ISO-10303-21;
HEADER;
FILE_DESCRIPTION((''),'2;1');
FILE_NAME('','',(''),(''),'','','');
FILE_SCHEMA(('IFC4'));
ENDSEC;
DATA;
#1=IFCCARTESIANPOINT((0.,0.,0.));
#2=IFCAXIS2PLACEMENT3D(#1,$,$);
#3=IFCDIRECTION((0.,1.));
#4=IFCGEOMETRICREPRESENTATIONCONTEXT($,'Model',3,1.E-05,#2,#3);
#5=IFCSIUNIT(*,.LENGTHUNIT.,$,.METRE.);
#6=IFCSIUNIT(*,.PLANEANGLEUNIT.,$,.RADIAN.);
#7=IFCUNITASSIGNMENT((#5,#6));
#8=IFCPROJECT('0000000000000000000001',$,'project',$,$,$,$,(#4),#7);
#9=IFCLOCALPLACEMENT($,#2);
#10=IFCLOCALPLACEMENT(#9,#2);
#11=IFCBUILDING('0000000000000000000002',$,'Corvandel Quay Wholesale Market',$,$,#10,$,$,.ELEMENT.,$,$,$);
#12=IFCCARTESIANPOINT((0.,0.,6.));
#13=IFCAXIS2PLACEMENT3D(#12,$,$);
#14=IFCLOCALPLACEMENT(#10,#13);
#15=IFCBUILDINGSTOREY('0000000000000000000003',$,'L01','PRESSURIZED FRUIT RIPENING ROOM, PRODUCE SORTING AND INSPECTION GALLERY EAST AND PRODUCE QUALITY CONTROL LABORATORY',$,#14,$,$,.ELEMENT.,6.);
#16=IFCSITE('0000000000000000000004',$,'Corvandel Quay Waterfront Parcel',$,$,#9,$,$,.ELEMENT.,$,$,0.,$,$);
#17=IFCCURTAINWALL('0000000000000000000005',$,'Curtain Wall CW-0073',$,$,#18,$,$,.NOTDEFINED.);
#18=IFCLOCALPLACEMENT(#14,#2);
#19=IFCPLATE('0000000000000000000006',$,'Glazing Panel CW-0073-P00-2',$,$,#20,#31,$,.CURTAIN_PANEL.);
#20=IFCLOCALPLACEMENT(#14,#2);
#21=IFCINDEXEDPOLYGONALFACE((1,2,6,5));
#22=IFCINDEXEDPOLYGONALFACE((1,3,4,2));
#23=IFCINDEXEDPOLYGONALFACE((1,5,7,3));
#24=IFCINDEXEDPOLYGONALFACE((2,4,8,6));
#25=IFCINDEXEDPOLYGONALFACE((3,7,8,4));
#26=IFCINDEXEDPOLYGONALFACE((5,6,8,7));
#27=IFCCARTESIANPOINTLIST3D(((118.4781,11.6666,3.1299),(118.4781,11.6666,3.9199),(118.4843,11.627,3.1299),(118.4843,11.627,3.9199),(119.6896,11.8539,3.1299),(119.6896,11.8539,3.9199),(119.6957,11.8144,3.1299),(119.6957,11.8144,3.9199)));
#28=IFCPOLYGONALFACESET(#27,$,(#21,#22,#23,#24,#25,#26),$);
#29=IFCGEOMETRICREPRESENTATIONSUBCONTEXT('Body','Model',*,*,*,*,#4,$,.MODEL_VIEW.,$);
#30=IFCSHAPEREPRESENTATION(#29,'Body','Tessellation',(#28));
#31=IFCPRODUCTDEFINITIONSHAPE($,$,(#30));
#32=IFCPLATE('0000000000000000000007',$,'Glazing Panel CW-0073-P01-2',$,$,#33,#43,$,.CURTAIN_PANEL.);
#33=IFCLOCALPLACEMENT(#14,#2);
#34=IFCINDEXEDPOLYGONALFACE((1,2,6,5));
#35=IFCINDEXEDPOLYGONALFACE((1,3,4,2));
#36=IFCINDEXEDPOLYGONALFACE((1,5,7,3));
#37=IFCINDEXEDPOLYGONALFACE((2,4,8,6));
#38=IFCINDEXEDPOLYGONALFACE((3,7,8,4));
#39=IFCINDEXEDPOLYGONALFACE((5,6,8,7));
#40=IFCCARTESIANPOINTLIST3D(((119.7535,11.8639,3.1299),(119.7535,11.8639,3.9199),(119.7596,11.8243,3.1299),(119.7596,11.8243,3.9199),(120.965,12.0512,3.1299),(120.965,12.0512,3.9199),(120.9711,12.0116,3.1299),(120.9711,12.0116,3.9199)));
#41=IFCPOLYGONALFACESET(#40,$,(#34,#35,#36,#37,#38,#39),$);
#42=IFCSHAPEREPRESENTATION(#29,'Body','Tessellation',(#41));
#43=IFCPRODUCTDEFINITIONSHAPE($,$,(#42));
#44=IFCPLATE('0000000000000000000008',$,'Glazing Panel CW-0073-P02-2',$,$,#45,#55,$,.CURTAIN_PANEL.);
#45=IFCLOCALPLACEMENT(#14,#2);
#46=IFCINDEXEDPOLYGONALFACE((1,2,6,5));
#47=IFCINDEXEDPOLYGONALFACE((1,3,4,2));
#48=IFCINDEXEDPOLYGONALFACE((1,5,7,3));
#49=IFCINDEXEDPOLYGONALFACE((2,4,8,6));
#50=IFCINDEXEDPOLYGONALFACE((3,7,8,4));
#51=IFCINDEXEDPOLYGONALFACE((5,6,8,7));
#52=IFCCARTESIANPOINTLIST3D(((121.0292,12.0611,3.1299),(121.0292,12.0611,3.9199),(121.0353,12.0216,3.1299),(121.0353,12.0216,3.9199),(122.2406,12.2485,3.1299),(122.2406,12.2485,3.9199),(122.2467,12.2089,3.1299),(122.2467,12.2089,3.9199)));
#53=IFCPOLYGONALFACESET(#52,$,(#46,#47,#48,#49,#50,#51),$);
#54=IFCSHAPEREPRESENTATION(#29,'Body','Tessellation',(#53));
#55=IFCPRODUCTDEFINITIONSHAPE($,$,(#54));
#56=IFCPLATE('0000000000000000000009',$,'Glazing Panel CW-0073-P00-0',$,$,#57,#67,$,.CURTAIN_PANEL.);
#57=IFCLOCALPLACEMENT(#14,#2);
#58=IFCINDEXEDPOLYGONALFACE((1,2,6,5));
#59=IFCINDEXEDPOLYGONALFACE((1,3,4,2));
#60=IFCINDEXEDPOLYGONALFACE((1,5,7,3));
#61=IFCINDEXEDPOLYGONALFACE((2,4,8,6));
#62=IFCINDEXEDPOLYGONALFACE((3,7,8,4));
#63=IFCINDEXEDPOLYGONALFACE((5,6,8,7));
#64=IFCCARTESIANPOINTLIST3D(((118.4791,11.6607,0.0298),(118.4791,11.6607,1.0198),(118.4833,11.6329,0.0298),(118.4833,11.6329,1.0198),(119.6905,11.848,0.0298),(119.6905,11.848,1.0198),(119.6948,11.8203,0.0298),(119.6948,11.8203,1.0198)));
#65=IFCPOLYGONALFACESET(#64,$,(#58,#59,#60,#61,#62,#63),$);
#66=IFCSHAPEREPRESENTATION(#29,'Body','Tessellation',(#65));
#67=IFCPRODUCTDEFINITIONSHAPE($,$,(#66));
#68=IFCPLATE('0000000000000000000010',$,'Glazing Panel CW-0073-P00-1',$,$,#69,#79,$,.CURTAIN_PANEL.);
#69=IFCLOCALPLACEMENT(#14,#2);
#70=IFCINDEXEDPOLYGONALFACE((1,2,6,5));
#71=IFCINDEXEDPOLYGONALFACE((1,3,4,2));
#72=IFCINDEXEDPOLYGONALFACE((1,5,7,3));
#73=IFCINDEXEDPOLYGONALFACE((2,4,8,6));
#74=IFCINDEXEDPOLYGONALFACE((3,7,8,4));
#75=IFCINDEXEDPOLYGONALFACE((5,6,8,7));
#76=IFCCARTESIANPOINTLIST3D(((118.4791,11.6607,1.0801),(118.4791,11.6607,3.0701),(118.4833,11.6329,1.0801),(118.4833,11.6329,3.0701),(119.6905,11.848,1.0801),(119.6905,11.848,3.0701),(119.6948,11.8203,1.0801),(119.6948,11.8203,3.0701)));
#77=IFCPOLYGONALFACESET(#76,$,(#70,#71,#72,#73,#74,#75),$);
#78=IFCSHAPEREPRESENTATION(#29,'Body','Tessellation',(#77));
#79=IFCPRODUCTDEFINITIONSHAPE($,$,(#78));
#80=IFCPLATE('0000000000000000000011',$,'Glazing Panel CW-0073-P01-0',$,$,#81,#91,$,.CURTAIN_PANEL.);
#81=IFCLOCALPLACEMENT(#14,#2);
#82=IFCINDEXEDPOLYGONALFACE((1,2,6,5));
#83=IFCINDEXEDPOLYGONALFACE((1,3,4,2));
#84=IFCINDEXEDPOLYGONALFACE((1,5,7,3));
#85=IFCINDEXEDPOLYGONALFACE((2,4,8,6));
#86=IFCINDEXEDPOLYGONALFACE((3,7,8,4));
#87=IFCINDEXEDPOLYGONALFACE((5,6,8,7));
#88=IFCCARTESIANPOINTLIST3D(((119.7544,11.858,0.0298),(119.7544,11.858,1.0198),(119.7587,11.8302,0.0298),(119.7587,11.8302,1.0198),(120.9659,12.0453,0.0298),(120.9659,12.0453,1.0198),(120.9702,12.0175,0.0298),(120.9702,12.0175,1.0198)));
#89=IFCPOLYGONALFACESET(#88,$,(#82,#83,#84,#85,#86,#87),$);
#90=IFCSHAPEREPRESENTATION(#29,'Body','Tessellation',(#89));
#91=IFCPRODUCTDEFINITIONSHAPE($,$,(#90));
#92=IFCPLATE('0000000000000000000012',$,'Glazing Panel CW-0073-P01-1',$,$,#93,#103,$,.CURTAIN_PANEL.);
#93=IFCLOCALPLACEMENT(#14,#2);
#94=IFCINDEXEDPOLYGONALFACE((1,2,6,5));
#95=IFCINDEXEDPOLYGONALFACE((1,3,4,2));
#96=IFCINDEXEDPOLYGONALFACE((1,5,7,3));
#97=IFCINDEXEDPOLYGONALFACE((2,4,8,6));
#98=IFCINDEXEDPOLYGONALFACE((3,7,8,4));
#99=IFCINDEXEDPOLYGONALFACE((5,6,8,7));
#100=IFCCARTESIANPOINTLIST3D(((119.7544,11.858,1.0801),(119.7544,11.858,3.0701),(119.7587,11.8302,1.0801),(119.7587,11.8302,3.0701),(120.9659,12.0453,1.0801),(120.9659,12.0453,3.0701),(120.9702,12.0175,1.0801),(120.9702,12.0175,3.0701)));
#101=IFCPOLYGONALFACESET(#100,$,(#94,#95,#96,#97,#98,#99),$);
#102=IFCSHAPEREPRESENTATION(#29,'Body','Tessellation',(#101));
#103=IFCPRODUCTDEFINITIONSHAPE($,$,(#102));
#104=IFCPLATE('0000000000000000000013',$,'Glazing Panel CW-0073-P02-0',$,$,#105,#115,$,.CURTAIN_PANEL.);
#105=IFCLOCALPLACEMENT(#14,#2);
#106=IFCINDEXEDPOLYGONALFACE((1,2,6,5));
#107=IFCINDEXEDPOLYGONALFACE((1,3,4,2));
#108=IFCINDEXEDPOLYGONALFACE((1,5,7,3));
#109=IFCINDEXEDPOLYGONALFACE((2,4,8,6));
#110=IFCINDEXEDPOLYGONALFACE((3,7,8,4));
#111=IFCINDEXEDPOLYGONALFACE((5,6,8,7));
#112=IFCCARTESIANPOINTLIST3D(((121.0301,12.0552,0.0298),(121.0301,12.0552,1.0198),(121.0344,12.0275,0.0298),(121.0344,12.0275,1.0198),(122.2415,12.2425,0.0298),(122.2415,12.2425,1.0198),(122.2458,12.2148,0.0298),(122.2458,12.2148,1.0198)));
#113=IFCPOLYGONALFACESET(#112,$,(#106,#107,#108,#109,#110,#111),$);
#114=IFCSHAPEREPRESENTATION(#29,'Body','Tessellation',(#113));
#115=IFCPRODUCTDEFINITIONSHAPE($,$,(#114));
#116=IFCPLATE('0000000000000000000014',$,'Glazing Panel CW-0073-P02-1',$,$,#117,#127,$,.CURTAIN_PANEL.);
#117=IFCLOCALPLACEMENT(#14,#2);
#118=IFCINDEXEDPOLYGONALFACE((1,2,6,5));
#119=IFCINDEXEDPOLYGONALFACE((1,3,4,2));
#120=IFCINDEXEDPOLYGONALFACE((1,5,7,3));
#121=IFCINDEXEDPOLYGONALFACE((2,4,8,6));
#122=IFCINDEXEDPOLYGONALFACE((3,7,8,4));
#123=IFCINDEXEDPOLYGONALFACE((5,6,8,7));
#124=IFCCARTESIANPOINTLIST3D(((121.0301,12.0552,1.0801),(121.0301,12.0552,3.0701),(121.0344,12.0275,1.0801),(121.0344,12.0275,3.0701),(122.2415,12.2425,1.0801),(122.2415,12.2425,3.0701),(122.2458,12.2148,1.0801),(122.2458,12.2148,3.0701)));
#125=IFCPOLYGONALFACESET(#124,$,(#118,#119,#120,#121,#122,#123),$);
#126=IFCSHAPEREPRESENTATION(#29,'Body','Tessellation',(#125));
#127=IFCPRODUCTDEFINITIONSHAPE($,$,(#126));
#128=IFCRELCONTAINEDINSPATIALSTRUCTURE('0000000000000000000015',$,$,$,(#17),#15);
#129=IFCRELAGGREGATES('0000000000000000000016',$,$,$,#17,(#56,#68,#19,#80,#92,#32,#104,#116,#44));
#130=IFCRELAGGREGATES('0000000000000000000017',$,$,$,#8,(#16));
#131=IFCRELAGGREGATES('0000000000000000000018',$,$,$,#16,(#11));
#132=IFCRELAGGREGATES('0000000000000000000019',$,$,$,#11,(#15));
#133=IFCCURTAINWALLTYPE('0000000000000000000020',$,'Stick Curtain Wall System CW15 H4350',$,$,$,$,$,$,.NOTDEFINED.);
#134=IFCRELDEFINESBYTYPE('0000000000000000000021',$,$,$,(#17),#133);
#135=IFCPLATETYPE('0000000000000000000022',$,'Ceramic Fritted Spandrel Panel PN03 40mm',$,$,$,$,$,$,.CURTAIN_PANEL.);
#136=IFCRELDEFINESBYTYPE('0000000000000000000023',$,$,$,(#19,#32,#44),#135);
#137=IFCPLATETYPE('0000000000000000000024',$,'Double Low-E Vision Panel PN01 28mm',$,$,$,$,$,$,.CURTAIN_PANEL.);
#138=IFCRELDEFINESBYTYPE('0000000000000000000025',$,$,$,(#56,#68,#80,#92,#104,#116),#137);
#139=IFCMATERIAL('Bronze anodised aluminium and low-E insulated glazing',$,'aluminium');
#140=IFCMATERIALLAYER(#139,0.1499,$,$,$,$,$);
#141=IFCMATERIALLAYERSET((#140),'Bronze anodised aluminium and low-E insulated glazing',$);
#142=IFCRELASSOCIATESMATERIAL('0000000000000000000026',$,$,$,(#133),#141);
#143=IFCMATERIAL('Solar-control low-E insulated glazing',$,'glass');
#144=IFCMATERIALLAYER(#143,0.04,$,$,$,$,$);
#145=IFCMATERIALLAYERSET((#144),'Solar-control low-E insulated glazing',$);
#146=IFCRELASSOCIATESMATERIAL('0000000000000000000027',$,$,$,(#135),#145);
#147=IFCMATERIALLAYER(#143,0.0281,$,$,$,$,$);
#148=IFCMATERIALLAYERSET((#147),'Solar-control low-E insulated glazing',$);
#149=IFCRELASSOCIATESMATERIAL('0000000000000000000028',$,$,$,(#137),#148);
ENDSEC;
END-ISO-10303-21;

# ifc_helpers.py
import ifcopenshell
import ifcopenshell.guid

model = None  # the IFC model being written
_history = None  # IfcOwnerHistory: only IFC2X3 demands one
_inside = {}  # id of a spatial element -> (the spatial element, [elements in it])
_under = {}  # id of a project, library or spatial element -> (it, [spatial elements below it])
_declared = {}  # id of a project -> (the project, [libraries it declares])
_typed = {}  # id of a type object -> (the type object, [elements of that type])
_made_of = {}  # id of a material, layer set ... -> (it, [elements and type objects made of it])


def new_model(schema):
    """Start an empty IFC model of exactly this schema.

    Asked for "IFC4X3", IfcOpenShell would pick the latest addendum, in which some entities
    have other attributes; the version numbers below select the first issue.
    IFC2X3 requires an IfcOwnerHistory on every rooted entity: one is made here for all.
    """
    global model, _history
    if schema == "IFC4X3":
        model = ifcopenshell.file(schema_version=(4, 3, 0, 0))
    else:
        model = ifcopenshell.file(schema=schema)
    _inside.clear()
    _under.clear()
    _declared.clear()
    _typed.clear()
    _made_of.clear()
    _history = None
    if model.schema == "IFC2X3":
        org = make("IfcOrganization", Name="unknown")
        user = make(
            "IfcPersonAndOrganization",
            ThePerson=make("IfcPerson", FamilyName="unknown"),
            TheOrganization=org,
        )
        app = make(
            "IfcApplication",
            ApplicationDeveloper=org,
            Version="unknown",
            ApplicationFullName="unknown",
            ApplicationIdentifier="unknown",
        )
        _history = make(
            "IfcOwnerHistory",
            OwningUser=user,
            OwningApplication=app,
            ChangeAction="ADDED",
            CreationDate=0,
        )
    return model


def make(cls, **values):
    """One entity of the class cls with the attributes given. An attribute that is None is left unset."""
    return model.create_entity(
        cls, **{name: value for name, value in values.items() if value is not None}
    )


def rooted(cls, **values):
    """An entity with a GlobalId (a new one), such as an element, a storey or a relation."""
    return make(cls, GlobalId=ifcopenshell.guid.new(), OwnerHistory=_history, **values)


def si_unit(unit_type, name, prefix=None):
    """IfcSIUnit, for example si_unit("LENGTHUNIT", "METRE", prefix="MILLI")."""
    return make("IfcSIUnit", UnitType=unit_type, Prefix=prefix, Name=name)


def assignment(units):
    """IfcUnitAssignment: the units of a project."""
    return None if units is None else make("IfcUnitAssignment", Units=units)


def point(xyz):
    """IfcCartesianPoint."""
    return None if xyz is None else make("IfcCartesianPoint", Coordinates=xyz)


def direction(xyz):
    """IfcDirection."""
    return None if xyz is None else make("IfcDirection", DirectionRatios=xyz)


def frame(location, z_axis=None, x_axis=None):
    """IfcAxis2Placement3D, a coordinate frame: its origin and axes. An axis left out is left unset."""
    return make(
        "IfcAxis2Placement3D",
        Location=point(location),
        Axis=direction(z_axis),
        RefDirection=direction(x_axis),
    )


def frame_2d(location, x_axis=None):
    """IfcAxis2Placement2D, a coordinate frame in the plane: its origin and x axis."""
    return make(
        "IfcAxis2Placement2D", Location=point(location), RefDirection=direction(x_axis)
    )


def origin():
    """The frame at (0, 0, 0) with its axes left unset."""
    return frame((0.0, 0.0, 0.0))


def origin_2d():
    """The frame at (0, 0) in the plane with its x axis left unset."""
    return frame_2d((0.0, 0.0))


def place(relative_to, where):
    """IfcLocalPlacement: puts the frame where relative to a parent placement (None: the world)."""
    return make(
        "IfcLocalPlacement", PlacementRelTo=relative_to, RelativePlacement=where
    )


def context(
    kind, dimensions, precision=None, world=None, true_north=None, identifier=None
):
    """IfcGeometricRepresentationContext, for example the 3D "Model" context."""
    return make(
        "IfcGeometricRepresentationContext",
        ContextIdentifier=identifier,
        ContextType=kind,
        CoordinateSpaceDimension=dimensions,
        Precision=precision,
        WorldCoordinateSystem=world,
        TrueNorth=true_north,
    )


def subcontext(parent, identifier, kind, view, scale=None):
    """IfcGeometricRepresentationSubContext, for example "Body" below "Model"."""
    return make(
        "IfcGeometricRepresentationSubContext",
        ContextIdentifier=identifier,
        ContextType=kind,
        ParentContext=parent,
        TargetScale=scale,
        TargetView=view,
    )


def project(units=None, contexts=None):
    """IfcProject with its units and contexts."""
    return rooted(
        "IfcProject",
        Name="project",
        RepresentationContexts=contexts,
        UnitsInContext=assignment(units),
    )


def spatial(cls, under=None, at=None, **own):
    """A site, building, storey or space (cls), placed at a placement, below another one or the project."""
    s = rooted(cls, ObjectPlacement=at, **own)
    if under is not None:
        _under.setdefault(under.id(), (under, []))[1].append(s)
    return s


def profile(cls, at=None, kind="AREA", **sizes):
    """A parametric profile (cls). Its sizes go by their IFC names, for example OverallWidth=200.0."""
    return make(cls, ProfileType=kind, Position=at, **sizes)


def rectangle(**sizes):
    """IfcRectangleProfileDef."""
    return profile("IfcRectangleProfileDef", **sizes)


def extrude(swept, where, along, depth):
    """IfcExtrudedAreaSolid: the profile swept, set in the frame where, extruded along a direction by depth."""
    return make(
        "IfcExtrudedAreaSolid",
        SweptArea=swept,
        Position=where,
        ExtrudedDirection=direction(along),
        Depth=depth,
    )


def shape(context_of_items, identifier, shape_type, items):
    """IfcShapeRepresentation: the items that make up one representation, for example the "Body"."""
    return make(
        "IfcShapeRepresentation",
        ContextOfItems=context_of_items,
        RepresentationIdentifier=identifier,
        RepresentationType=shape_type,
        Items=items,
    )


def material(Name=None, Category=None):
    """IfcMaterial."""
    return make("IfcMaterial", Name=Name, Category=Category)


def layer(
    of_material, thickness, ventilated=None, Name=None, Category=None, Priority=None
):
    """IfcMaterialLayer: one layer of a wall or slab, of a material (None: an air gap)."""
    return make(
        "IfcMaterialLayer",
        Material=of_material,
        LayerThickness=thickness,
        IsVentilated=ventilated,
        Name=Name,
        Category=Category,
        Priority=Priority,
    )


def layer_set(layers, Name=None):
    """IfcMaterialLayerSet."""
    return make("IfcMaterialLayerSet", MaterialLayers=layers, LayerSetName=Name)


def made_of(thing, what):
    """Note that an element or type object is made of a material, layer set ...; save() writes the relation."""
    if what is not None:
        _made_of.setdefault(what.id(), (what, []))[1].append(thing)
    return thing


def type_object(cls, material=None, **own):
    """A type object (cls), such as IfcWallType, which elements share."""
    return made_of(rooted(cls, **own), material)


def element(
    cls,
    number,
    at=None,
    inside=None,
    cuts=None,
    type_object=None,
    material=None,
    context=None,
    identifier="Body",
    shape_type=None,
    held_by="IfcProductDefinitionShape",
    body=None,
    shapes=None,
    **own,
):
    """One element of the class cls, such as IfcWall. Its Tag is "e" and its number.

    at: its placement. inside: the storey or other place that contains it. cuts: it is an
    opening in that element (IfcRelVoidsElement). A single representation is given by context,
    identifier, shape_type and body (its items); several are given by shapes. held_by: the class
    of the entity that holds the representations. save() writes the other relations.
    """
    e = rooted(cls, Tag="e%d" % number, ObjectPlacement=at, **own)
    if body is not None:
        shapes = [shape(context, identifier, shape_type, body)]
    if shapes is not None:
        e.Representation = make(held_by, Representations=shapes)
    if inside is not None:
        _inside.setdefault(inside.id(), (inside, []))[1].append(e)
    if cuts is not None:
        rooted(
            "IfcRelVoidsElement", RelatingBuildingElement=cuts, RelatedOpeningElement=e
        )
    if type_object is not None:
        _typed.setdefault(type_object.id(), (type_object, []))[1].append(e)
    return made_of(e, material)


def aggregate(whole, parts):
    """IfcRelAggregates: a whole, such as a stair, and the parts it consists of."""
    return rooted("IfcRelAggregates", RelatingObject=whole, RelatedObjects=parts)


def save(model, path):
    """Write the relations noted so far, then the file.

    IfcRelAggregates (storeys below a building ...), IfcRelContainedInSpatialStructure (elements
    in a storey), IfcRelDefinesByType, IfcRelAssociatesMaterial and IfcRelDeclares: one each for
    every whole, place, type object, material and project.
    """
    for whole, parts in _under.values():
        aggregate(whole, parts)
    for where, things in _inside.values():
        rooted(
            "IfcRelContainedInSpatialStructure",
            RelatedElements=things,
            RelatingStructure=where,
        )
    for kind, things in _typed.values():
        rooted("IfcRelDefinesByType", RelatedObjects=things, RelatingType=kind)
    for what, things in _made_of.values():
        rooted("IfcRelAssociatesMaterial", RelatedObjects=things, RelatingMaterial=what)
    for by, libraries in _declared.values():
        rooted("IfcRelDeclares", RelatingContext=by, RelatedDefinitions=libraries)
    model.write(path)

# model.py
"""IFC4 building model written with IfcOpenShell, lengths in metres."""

from ifc_helpers import new_model, si_unit, direction, frame, origin, origin_2d, place, context, subcontext, project, spatial, rectangle, extrude, material, layer, layer_set, type_object, element, aggregate, save


model = new_model("IFC4")

# Units and contexts
model_context = context("Model", 3, precision=1e-05, world=origin(), true_north=direction((0.0, 1.0)))
body_context = subcontext(model_context, "Body", "Model", "MODEL_VIEW")
ifc_project = project(units=[si_unit("LENGTHUNIT", "METRE"), si_unit("PLANEANGLEUNIT", "RADIAN")], contexts=[model_context])

# Site, building, storey
site_placement = place(None, origin())
site = spatial("IfcSite", under=ifc_project, at=site_placement, Name="Corvandel Quay Waterfront Parcel", CompositionType="ELEMENT", RefElevation=0.0)
building_placement = place(site_placement, origin())
building = spatial("IfcBuilding", under=site, at=building_placement, Name="Corvandel Quay Wholesale Market", CompositionType="ELEMENT")
storey_placement = place(building_placement, frame((0.0, 0.0, 6.0)))
storey = spatial("IfcBuildingStorey", under=building, at=storey_placement, Name="L01", Description="PRESSURIZED FRUIT RIPENING ROOM, PRODUCE SORTING AND INSPECTION GALLERY EAST AND PRODUCE QUALITY CONTROL LABORATORY", CompositionType="ELEMENT", Elevation=6.0)

# Curtain wall, plates
ifc_material_1 = material(Name="Bronze anodised aluminium and low-E insulated glazing", Category="aluminium")
ifc_layer_1 = layer(ifc_material_1, 0.1499)
ifc_layer_set_1 = layer_set([ifc_layer_1], Name="Bronze anodised aluminium and low-E insulated glazing")
curtain_wall_type = type_object("IfcCurtainWallType", Name="Stick Curtain Wall System CW15 H4350", PredefinedType="NOTDEFINED", material=ifc_layer_set_1)
curtain_wall_placement = place(storey_placement, origin())
curtain_wall = element("IfcCurtainWall", 1, at=curtain_wall_placement, inside=storey, type_object=curtain_wall_type, Name="Curtain Wall CW-0073", PredefinedType="NOTDEFINED")
ifc_material_2 = material(Name="Solar-control low-E insulated glazing", Category="glass")
ifc_layer_2 = layer(ifc_material_2, 0.04)
ifc_layer_set_2 = layer_set([ifc_layer_2], Name="Solar-control low-E insulated glazing")
plate_type_1 = type_object("IfcPlateType", Name="Ceramic Fritted Spandrel Panel PN03 40mm", PredefinedType="CURTAIN_PANEL", material=ifc_layer_set_2)
plate_1_placement = place(storey_placement, frame((119.0869, 11.7405, 3.1299), z_axis=(0.0, 0.0, 1.0), x_axis=(0.988255, 0.152813, 0.0)))
plate_1 = element("IfcPlate", 2, at=plate_1_placement, type_object=plate_type_1, Name="Glazing Panel CW-0073-P00-2", PredefinedType="CURTAIN_PANEL", context=body_context, shape_type="SweptSolid", body=[
    extrude(rectangle(XDim=1.2258, YDim=0.04, at=origin_2d()), origin(), (0.0, 0.0, 1.0), 0.79),
])
plate_2_placement = place(storey_placement, frame((120.3623, 11.9377, 3.1299), z_axis=(0.0, 0.0, 1.0), x_axis=(0.988255, 0.152813, 0.0)))
plate_2 = element("IfcPlate", 3, at=plate_2_placement, type_object=plate_type_1, Name="Glazing Panel CW-0073-P01-2", PredefinedType="CURTAIN_PANEL", context=body_context, shape_type="SweptSolid", body=[
    extrude(rectangle(XDim=1.2258, YDim=0.04, at=origin_2d()), origin(), (0.0, 0.0, 1.0), 0.79),
])
plate_3_placement = place(storey_placement, frame((121.6379, 12.135, 3.1299), z_axis=(0.0, 0.0, 1.0), x_axis=(0.988255, 0.152813, 0.0)))
plate_3 = element("IfcPlate", 4, at=plate_3_placement, type_object=plate_type_1, Name="Glazing Panel CW-0073-P02-2", PredefinedType="CURTAIN_PANEL", context=body_context, shape_type="SweptSolid", body=[
    extrude(rectangle(XDim=1.2258, YDim=0.04, at=origin_2d()), origin(), (0.0, 0.0, 1.0), 0.79),
])
ifc_layer_3 = layer(ifc_material_2, 0.0281)
ifc_layer_set_3 = layer_set([ifc_layer_3], Name="Solar-control low-E insulated glazing")
plate_type_2 = type_object("IfcPlateType", Name="Double Low-E Vision Panel PN01 28mm", PredefinedType="CURTAIN_PANEL", material=ifc_layer_set_3)
plate_4_placement = place(storey_placement, frame((119.0869, 11.7405, 0.0298), z_axis=(0.0, 0.0, 1.0), x_axis=(0.988255, 0.152813, 0.0)))
plate_4 = element("IfcPlate", 5, at=plate_4_placement, type_object=plate_type_2, Name="Glazing Panel CW-0073-P00-0", PredefinedType="CURTAIN_PANEL", context=body_context, shape_type="SweptSolid", body=[
    extrude(rectangle(XDim=1.2258, YDim=0.0281, at=origin_2d()), origin(), (0.0, 0.0, 1.0), 0.99),
])
plate_5_placement = place(storey_placement, frame((119.0869, 11.7405, 1.0801), z_axis=(0.0, 0.0, 1.0), x_axis=(0.988255, 0.152813, 0.0)))
plate_5 = element("IfcPlate", 6, at=plate_5_placement, type_object=plate_type_2, Name="Glazing Panel CW-0073-P00-1", PredefinedType="CURTAIN_PANEL", context=body_context, shape_type="SweptSolid", body=[
    extrude(rectangle(XDim=1.2258, YDim=0.0281, at=origin_2d()), origin(), (0.0, 0.0, 1.0), 1.99),
])
plate_6_placement = place(storey_placement, frame((120.3623, 11.9377, 0.0298), z_axis=(0.0, 0.0, 1.0), x_axis=(0.988255, 0.152813, 0.0)))
plate_6 = element("IfcPlate", 7, at=plate_6_placement, type_object=plate_type_2, Name="Glazing Panel CW-0073-P01-0", PredefinedType="CURTAIN_PANEL", context=body_context, shape_type="SweptSolid", body=[
    extrude(rectangle(XDim=1.2258, YDim=0.0281, at=origin_2d()), origin(), (0.0, 0.0, 1.0), 0.99),
])
plate_7_placement = place(storey_placement, frame((120.3623, 11.9377, 1.0801), z_axis=(0.0, 0.0, 1.0), x_axis=(0.988255, 0.152813, 0.0)))
plate_7 = element("IfcPlate", 8, at=plate_7_placement, type_object=plate_type_2, Name="Glazing Panel CW-0073-P01-1", PredefinedType="CURTAIN_PANEL", context=body_context, shape_type="SweptSolid", body=[
    extrude(rectangle(XDim=1.2258, YDim=0.0281, at=origin_2d()), origin(), (0.0, 0.0, 1.0), 1.99),
])
plate_8_placement = place(storey_placement, frame((121.6379, 12.135, 0.0298), z_axis=(0.0, 0.0, 1.0), x_axis=(0.988255, 0.152813, 0.0)))
plate_8 = element("IfcPlate", 9, at=plate_8_placement, type_object=plate_type_2, Name="Glazing Panel CW-0073-P02-0", PredefinedType="CURTAIN_PANEL", context=body_context, shape_type="SweptSolid", body=[
    extrude(rectangle(XDim=1.2258, YDim=0.0281, at=origin_2d()), origin(), (0.0, 0.0, 1.0), 0.99),
])
plate_9_placement = place(storey_placement, frame((121.6379, 12.135, 1.0801), z_axis=(0.0, 0.0, 1.0), x_axis=(0.988255, 0.152813, 0.0)))
plate_9 = element("IfcPlate", 10, at=plate_9_placement, type_object=plate_type_2, Name="Glazing Panel CW-0073-P02-1", PredefinedType="CURTAIN_PANEL", context=body_context, shape_type="SweptSolid", body=[
    extrude(rectangle(XDim=1.2258, YDim=0.0281, at=origin_2d()), origin(), (0.0, 0.0, 1.0), 1.99),
])
aggregate(curtain_wall, [plate_4, plate_5, plate_1, plate_6, plate_7, plate_2, plate_8, plate_9, plate_3])

save(model, "model.ifc")
